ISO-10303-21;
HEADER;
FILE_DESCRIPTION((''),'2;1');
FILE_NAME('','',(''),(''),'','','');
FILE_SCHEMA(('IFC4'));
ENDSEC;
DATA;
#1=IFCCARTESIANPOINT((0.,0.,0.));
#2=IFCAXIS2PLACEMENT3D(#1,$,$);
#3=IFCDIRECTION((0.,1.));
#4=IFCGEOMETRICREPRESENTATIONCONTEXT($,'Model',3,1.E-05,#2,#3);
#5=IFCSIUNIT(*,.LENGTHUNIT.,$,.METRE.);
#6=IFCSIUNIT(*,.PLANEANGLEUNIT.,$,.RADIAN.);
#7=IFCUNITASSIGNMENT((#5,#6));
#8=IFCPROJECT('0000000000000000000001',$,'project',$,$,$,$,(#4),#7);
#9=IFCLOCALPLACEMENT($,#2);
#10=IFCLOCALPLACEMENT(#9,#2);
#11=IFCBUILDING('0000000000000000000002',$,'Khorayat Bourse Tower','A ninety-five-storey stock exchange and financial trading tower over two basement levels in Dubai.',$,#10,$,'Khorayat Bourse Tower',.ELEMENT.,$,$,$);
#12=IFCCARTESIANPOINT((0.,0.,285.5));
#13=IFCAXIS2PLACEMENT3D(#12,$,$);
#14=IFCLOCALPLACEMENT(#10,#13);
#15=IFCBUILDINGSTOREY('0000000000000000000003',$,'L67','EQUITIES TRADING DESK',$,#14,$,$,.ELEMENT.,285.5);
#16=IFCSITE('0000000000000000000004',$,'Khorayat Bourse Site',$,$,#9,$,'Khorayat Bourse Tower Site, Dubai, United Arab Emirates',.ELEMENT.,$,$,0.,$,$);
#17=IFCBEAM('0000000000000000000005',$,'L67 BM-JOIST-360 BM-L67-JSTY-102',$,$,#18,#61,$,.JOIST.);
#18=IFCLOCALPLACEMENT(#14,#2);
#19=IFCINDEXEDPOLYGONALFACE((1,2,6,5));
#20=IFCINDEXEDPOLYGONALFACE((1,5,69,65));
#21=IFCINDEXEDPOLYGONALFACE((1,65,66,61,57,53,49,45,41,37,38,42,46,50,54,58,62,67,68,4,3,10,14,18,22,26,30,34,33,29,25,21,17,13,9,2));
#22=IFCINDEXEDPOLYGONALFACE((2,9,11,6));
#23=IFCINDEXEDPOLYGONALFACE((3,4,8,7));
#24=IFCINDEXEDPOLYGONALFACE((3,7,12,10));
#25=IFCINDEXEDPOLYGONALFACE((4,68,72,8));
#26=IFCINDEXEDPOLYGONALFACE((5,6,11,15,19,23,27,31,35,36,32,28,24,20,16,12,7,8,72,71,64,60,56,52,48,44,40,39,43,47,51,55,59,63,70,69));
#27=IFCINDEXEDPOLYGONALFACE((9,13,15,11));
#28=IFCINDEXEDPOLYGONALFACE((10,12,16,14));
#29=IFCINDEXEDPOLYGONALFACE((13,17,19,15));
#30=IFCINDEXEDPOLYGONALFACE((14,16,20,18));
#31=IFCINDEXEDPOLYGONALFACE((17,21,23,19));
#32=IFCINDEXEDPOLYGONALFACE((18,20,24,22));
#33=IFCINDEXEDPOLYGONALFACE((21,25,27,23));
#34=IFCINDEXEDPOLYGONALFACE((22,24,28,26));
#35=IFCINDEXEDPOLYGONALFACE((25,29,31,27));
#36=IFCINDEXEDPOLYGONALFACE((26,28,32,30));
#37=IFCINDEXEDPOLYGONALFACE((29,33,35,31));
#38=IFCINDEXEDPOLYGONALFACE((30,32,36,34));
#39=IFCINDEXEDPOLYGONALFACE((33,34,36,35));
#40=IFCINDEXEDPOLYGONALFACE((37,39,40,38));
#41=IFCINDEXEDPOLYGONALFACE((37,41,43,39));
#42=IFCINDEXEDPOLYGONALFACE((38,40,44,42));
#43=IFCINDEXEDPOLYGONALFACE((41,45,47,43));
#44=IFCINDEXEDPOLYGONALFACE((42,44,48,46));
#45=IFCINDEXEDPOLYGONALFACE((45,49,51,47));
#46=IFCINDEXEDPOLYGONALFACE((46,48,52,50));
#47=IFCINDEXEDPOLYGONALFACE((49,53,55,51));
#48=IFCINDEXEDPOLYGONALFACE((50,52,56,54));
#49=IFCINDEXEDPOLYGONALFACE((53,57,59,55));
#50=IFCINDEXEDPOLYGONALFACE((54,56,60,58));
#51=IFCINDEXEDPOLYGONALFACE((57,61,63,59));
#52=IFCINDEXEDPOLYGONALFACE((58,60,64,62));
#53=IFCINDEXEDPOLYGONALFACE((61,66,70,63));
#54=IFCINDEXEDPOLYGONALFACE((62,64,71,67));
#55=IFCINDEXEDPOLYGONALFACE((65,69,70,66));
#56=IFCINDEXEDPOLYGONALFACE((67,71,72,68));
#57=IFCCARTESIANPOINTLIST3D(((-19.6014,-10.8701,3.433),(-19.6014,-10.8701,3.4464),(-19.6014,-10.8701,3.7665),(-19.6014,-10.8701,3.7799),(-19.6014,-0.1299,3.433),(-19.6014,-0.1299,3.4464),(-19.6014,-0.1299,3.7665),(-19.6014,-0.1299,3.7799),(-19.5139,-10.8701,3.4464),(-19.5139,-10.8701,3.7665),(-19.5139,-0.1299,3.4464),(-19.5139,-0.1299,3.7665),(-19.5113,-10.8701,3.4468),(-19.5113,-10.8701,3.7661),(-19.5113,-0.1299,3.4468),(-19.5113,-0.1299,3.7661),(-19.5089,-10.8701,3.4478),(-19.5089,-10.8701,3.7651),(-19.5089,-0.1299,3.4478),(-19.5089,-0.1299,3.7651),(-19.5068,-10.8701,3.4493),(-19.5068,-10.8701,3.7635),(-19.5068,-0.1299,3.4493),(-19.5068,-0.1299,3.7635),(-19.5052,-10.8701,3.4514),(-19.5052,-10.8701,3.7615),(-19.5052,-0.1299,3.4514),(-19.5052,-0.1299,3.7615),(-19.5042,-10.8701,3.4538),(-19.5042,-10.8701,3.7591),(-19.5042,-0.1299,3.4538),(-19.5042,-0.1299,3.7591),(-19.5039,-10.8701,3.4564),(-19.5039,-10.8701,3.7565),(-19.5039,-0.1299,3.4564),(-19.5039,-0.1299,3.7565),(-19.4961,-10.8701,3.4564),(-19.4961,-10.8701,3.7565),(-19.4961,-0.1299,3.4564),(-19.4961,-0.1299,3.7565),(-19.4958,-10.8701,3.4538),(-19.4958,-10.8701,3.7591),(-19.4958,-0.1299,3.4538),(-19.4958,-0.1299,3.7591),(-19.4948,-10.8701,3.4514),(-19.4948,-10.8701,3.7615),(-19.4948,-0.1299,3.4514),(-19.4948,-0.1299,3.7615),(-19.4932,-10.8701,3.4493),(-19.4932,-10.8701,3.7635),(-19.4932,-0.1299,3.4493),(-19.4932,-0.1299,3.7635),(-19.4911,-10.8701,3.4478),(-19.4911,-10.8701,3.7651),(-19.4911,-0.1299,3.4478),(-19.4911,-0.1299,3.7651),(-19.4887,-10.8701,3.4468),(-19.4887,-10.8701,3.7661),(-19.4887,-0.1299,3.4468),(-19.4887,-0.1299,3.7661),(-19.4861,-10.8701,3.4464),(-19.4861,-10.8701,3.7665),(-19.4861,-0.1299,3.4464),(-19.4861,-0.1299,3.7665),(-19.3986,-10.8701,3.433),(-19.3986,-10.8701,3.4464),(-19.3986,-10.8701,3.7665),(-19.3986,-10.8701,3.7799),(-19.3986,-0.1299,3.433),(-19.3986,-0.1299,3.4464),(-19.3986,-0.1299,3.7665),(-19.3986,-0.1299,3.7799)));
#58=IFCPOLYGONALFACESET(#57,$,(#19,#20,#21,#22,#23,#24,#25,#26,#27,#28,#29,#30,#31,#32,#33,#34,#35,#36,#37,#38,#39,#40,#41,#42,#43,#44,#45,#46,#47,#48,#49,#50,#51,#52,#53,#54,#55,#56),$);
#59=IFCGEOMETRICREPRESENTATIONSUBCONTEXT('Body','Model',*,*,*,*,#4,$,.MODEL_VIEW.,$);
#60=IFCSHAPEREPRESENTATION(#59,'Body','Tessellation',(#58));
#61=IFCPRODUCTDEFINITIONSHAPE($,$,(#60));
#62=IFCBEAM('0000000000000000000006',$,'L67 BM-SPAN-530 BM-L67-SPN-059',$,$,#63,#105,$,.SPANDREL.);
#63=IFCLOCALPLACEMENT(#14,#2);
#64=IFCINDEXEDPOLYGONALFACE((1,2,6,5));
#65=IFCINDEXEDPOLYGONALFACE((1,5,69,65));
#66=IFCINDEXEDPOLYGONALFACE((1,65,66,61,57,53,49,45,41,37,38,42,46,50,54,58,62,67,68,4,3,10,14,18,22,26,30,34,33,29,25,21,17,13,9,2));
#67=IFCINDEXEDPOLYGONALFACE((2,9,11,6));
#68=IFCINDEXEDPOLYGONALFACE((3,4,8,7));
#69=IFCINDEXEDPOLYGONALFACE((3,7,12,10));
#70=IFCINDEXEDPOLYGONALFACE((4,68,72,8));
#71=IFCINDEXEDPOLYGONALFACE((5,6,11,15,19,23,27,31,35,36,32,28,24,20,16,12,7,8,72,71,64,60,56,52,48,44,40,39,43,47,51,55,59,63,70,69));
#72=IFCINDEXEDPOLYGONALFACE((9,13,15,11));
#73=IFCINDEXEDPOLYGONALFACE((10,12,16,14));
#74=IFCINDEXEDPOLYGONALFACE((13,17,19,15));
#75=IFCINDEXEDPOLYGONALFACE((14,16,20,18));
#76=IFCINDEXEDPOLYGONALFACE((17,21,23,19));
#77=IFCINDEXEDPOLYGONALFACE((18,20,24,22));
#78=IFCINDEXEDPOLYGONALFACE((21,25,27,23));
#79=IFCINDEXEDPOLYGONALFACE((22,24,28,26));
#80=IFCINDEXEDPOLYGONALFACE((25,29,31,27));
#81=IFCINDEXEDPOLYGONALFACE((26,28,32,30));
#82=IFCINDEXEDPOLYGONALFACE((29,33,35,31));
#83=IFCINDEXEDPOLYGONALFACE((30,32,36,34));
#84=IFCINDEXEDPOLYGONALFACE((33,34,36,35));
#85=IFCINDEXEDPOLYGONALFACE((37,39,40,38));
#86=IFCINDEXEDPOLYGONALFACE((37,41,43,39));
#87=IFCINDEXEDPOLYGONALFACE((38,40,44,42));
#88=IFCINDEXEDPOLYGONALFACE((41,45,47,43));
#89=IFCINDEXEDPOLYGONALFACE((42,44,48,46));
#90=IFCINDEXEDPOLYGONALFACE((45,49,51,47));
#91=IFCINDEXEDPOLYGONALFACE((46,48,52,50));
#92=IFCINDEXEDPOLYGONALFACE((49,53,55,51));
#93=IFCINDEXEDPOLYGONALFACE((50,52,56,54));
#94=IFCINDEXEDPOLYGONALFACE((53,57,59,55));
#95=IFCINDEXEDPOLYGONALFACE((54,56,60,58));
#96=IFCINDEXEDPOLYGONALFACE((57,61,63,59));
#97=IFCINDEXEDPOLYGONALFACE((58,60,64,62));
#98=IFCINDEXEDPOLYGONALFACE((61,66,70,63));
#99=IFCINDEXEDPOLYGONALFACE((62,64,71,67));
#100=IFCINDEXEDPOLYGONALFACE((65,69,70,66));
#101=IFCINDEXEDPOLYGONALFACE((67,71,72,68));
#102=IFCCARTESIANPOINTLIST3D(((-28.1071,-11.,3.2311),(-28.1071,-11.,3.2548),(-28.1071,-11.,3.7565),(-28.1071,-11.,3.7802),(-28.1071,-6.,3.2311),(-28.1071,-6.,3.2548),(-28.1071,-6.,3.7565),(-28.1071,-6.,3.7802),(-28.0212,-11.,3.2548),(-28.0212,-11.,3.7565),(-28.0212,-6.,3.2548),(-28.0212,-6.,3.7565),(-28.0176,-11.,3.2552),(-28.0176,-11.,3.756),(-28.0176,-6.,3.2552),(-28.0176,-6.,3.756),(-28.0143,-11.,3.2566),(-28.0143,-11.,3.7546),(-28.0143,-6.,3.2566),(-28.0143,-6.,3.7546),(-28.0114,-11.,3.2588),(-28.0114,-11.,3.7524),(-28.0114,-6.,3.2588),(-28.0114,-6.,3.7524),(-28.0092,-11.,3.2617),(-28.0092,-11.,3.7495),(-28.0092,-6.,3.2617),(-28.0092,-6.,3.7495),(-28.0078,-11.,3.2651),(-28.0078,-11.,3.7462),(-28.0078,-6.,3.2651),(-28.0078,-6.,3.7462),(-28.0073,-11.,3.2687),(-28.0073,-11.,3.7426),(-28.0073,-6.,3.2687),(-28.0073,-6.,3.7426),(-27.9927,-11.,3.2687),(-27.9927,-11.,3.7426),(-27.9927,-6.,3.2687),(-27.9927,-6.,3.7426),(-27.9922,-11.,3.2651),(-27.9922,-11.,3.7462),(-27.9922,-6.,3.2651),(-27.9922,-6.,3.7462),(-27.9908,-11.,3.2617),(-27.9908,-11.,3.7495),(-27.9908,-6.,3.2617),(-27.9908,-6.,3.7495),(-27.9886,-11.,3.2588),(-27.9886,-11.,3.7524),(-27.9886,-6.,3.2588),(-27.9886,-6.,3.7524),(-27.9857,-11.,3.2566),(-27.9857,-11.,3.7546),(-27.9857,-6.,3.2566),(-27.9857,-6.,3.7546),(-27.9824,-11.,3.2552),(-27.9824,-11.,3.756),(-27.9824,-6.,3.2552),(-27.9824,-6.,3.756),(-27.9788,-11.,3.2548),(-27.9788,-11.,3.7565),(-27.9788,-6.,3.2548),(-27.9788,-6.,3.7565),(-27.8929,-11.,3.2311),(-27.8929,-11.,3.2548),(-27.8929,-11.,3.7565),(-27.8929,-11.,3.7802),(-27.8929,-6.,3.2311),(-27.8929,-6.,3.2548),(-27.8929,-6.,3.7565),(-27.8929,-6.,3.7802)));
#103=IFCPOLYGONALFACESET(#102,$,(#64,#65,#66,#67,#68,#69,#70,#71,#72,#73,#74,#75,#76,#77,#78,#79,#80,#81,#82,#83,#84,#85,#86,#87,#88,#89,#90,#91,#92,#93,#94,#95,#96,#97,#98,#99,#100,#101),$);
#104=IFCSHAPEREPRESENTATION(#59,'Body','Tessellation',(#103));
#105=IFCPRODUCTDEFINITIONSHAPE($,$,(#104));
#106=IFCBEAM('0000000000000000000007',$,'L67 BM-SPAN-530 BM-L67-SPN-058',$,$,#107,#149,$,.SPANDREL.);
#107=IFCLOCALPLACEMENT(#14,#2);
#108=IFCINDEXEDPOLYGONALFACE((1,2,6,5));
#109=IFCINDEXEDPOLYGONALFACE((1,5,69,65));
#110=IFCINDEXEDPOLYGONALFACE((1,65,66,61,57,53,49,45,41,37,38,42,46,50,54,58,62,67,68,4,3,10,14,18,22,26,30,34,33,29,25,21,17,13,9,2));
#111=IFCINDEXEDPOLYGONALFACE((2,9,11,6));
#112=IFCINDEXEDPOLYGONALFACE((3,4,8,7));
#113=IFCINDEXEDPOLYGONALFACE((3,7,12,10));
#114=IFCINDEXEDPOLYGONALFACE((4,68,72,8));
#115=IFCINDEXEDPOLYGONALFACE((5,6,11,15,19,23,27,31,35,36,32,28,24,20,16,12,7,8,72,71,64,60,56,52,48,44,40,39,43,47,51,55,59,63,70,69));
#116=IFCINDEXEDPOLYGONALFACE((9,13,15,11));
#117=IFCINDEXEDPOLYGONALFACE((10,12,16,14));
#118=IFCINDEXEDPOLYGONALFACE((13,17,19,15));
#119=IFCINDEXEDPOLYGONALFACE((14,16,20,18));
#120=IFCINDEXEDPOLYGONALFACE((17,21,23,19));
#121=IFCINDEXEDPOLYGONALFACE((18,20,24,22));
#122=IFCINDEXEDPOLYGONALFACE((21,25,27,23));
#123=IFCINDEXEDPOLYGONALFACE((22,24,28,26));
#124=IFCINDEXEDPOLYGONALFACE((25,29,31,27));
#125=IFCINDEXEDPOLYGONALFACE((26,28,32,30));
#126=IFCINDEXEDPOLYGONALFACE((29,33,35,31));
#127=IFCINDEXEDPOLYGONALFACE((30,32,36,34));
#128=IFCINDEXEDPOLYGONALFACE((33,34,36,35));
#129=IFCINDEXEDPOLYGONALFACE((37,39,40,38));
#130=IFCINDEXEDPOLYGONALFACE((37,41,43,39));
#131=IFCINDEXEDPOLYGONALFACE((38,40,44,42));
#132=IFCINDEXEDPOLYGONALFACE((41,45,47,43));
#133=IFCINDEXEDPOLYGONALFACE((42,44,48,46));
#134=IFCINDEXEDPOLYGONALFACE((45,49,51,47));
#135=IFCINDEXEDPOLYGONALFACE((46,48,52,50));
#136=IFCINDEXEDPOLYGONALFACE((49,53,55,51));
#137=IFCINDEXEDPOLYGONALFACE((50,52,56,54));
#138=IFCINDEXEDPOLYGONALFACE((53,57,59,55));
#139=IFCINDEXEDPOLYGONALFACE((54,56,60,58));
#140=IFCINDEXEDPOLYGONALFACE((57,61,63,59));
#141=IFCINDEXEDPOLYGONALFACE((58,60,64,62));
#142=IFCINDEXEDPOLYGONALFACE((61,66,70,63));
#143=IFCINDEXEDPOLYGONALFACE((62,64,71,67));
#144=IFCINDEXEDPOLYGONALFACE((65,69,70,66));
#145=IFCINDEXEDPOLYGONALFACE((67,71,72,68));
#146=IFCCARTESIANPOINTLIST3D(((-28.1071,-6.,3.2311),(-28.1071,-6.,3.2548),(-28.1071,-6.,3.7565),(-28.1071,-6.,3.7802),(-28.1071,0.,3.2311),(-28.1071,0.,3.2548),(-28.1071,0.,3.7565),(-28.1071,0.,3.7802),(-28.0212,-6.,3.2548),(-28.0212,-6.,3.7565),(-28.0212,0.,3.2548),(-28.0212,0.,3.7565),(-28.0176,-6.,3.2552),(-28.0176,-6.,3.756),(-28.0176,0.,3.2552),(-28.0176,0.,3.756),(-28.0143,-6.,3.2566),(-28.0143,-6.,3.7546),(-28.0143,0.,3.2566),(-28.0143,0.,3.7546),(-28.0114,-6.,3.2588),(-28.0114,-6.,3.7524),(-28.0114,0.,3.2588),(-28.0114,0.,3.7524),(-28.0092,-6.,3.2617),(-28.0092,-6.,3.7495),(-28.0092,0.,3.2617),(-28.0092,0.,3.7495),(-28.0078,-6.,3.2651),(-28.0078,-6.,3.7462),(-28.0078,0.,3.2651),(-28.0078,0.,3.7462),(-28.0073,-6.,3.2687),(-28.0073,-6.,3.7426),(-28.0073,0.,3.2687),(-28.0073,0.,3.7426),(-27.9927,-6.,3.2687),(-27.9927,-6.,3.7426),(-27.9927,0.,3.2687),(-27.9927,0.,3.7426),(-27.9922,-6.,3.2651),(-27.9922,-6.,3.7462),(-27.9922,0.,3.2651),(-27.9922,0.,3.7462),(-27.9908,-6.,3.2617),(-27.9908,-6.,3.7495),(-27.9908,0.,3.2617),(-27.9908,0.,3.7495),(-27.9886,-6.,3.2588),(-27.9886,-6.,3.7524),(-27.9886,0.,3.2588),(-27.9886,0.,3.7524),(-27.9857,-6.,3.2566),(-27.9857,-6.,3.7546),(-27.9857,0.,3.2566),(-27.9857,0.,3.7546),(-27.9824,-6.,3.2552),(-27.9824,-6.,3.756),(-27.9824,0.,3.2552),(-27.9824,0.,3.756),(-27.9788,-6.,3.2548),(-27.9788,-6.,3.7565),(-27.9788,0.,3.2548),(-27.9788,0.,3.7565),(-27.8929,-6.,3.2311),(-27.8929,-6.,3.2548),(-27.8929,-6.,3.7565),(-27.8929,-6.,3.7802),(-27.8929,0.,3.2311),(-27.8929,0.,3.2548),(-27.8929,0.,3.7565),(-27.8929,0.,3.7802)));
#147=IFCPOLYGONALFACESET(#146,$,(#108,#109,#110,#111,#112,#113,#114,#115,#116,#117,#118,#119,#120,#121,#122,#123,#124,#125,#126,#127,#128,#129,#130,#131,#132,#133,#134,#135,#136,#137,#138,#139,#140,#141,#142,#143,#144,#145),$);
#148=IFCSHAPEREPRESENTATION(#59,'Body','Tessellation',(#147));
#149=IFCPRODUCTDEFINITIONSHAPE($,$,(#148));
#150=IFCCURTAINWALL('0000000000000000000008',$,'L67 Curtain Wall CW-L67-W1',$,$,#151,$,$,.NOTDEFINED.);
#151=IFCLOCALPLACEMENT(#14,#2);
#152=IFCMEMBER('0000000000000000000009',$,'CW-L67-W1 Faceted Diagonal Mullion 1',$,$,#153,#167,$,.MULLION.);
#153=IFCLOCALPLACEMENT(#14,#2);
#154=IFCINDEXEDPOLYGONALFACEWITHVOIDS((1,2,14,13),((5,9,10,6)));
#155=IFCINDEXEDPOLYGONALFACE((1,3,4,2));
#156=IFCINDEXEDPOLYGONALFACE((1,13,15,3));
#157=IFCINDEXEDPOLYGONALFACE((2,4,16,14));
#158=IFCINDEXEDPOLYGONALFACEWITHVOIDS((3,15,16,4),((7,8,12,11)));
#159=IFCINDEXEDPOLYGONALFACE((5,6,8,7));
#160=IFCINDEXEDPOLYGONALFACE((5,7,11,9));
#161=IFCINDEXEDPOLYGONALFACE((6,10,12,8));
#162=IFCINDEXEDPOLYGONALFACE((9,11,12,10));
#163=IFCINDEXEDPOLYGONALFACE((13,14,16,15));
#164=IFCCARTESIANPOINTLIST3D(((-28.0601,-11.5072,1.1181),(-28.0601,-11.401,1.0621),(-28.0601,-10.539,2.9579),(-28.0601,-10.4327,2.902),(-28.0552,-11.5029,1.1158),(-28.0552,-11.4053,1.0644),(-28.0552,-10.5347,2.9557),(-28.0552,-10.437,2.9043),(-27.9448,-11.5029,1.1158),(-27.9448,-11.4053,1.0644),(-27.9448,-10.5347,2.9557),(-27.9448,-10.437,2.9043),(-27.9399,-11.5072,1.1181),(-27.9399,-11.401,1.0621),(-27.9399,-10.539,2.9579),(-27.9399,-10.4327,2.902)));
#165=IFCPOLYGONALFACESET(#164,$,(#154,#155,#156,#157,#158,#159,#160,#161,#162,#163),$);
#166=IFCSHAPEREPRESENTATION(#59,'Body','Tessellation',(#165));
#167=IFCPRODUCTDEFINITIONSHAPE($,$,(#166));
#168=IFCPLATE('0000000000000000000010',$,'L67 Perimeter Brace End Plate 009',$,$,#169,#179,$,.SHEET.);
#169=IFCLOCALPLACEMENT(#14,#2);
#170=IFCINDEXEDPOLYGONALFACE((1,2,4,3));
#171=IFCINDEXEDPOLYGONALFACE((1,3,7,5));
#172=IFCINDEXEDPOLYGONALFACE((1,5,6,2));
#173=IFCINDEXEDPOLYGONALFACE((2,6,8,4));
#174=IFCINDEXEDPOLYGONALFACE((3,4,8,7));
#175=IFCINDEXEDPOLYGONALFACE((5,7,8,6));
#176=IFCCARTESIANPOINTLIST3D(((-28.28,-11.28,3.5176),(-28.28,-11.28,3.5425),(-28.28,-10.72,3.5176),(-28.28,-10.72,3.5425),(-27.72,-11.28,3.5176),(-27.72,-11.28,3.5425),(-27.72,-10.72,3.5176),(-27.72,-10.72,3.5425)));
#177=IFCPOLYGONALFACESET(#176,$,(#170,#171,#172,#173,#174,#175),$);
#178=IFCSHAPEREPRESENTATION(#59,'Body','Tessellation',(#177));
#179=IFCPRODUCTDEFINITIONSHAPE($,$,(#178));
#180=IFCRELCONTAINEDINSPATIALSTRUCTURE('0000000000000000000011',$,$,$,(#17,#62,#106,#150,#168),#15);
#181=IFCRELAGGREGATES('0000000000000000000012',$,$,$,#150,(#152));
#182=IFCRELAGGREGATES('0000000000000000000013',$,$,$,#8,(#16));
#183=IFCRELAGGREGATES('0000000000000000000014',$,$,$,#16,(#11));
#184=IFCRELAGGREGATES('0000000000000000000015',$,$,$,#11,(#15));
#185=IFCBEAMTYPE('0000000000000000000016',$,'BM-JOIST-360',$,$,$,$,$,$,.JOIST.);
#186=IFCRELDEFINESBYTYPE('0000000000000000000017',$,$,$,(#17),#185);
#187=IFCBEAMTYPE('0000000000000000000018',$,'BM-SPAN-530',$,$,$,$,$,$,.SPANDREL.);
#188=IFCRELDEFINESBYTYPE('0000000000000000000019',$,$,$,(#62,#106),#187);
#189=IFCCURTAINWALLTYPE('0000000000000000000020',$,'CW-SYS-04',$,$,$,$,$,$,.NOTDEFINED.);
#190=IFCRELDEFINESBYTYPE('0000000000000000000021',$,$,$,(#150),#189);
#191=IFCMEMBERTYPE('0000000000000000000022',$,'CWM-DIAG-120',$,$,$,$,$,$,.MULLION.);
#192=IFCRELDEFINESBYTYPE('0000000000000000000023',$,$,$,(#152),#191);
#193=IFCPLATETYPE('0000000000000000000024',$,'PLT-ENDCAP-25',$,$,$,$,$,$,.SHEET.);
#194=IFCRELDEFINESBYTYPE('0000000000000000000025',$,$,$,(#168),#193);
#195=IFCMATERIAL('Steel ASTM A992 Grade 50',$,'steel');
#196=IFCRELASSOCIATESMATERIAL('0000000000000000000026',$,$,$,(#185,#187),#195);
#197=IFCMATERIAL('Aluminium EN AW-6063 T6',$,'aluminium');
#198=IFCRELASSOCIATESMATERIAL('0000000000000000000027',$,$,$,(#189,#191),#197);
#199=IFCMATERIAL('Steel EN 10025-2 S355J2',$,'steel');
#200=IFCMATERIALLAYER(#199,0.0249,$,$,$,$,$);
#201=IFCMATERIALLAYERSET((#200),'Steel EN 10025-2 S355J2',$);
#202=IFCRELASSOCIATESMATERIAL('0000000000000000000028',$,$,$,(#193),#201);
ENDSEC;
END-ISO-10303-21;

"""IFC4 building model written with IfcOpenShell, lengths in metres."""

from ifc_helpers import new_model, si_unit, direction, frame, origin, origin_2d, place, context, subcontext, project, spatial, rectangle, hollow_rectangle, i_section, extrude, source, transform, mapped, material, layer, layer_set, material_profile, profile_set, type_object, element, aggregate, save


model = new_model("IFC4")

# Units and contexts
model_context = context("Model", 3, precision=1e-05, world=origin(), true_north=direction((0.0, 1.0)))
body_context = subcontext(model_context, "Body", "Model", "MODEL_VIEW")
ifc_project = project(units=[si_unit("LENGTHUNIT", "METRE"), si_unit("PLANEANGLEUNIT", "RADIAN")], contexts=[model_context])

# Site, building, storey
site_placement = place(None, origin())
site = spatial("IfcSite", under=ifc_project, at=site_placement, Name="Khorayat Bourse Site", LongName="Khorayat Bourse Tower Site, Dubai, United Arab Emirates", CompositionType="ELEMENT", RefElevation=0.0)
building_placement = place(site_placement, origin())
building = spatial("IfcBuilding", under=site, at=building_placement, Name="Khorayat Bourse Tower", Description="A ninety-five-storey stock exchange and financial trading tower over two basement levels in Dubai.", LongName="Khorayat Bourse Tower", CompositionType="ELEMENT")
storey_placement = place(building_placement, frame((0.0, 0.0, 285.5)))
storey = spatial("IfcBuildingStorey", under=building, at=storey_placement, Name="L67", Description="EQUITIES TRADING DESK", CompositionType="ELEMENT", Elevation=285.5)

# Beams
ifc_material_1 = material(Name="Steel ASTM A992 Grade 50", Category="steel")
ifc_material_profile_1 = material_profile(ifc_material_1, i_section(OverallWidth=0.2029, OverallDepth=0.3469, WebThickness=0.0078, FlangeThickness=0.0134, FilletRadius=0.01, at=origin_2d()), Name="W360X64")
ifc_profile_set_1 = profile_set([ifc_material_profile_1], Name="Steel ASTM A992 Grade 50")
beam_type_1 = type_object("IfcBeamType", Name="BM-JOIST-360", PredefinedType="JOIST", material=ifc_profile_set_1)
shared_shape_1 = source(origin(), body_context, "Body", "SweptSolid", [
    extrude(i_section(OverallWidth=0.2029, OverallDepth=0.3469, WebThickness=0.0078, FlangeThickness=0.0134, FilletRadius=0.01, at=origin_2d()), origin(), (0.0, 0.0, 1.0), 10.7402),
])
beam_1_placement = place(storey_placement, frame((-19.5, -10.8701, 3.6064), z_axis=(0.0, 1.0, 0.0), x_axis=(-1.0, 0.0, 0.0)))
element("IfcBeam", 1, at=beam_1_placement, inside=storey, type_object=beam_type_1, Name="L67 BM-JOIST-360 BM-L67-JSTY-102", PredefinedType="JOIST", context=body_context, shape_type="MappedRepresentation", body=[
    mapped(shared_shape_1, transform((0.0, 0.0, 0.0), scale=1.0)),
])
ifc_material_profile_2 = material_profile(ifc_material_1, i_section(OverallWidth=0.2141, OverallDepth=0.5491, WebThickness=0.0146, FlangeThickness=0.0237, FilletRadius=0.0139, at=origin_2d()), Name="W530X138")
ifc_profile_set_2 = profile_set([ifc_material_profile_2], Name="Steel ASTM A992 Grade 50")
beam_type_2 = type_object("IfcBeamType", Name="BM-SPAN-530", PredefinedType="SPANDREL", material=ifc_profile_set_2)
shared_shape_2 = source(origin(), body_context, "Body", "SweptSolid", [
    extrude(i_section(OverallWidth=0.2141, OverallDepth=0.5491, WebThickness=0.0146, FlangeThickness=0.0237, FilletRadius=0.0139, at=origin_2d()), origin(), (0.0, 0.0, 1.0), 5.0),
])
beam_2_placement = place(storey_placement, frame((-28.0, -11.0, 3.5056), z_axis=(0.0, 1.0, 0.0), x_axis=(-1.0, 0.0, 0.0)))
element("IfcBeam", 2, at=beam_2_placement, inside=storey, type_object=beam_type_2, Name="L67 BM-SPAN-530 BM-L67-SPN-059", PredefinedType="SPANDREL", context=body_context, shape_type="MappedRepresentation", body=[
    mapped(shared_shape_2, transform((0.0, 0.0, 0.0), scale=1.0)),
])
shared_shape_3 = source(origin(), body_context, "Body", "SweptSolid", [
    extrude(i_section(OverallWidth=0.2141, OverallDepth=0.5491, WebThickness=0.0146, FlangeThickness=0.0237, FilletRadius=0.0139, at=origin_2d()), origin(), (0.0, 0.0, 1.0), 6.0),
])
beam_3_placement = place(storey_placement, frame((-28.0, -6.0, 3.5056), z_axis=(0.0, 1.0, 0.0), x_axis=(-1.0, 0.0, 0.0)))
element("IfcBeam", 3, at=beam_3_placement, inside=storey, type_object=beam_type_2, Name="L67 BM-SPAN-530 BM-L67-SPN-058", PredefinedType="SPANDREL", context=body_context, shape_type="MappedRepresentation", body=[
    mapped(shared_shape_3, transform((0.0, 0.0, 0.0), scale=1.0)),
])

# Curtain wall, member
ifc_material_2 = material(Name="Aluminium EN AW-6063 T6", Category="aluminium")
curtain_wall_type = type_object("IfcCurtainWallType", Name="CW-SYS-04", PredefinedType="NOTDEFINED", material=ifc_material_2)
curtain_wall_placement = place(storey_placement, origin())
curtain_wall = element("IfcCurtainWall", 4, at=curtain_wall_placement, inside=storey, type_object=curtain_wall_type, Name="L67 Curtain Wall CW-L67-W1", PredefinedType="NOTDEFINED")
ifc_material_profile_3 = material_profile(ifc_material_2, hollow_rectangle(XDim=0.1201, YDim=0.1201, WallThickness=0.0049, at=origin_2d()), Name="ALU 120x120x5")
ifc_profile_set_3 = profile_set([ifc_material_profile_3], Name="Aluminium EN AW-6063 T6")
member_type_1 = type_object("IfcMemberType", Name="CWM-DIAG-120", PredefinedType="MULLION", material=ifc_profile_set_3)
shared_shape_4 = source(origin(), body_context, "Body", "SweptSolid", [
    extrude(hollow_rectangle(XDim=0.1201, YDim=0.1201, WallThickness=0.0049, at=origin_2d()), origin(), (0.0, 0.0, 1.0), 2.0791),
])
member_1_placement = place(storey_placement, frame((-28.0, -11.4541, 1.0901), z_axis=(0.0, 0.465717, 0.884934), x_axis=(-1.0, 0.0, 0.0)))
member_1 = element("IfcMember", 5, at=member_1_placement, type_object=member_type_1, Name="CW-L67-W1 Faceted Diagonal Mullion 1", PredefinedType="MULLION", context=body_context, shape_type="MappedRepresentation", body=[
    mapped(shared_shape_4, transform((0.0, 0.0, 0.0), scale=1.0)),
])

# Plate
ifc_material_3 = material(Name="Steel EN 10025-2 S355J2", Category="steel")
ifc_layer_1 = layer(ifc_material_3, 0.0249)
ifc_layer_set_1 = layer_set([ifc_layer_1], Name="Steel EN 10025-2 S355J2")
plate_type_1 = type_object("IfcPlateType", Name="PLT-ENDCAP-25", PredefinedType="SHEET", material=ifc_layer_set_1)
shared_shape_5 = source(origin(), body_context, "Body", "SweptSolid", [
    extrude(rectangle(XDim=0.5601, YDim=0.5601, at=origin_2d()), origin(), (0.0, 0.0, 1.0), 0.0249),
])
for number, where, z_axis, x_axis, name in (
    (6, (-28.0, -11.0, 3.5176), (0.0, 0.0, 1.0), (1.0, 0.0, 0.0), "L67 Perimeter Brace End Plate 009"),
):
    element("IfcPlate", number, at=place(storey_placement, frame(where, z_axis=z_axis, x_axis=x_axis)), inside=storey, type_object=plate_type_1, Name=name, PredefinedType="SHEET", context=body_context, shape_type="MappedRepresentation", body=[
        mapped(shared_shape_5, transform((0.0, 0.0, 0.0), scale=1.0)),
    ])

aggregate(curtain_wall, [member_1])

save(model, "model.ifc")
